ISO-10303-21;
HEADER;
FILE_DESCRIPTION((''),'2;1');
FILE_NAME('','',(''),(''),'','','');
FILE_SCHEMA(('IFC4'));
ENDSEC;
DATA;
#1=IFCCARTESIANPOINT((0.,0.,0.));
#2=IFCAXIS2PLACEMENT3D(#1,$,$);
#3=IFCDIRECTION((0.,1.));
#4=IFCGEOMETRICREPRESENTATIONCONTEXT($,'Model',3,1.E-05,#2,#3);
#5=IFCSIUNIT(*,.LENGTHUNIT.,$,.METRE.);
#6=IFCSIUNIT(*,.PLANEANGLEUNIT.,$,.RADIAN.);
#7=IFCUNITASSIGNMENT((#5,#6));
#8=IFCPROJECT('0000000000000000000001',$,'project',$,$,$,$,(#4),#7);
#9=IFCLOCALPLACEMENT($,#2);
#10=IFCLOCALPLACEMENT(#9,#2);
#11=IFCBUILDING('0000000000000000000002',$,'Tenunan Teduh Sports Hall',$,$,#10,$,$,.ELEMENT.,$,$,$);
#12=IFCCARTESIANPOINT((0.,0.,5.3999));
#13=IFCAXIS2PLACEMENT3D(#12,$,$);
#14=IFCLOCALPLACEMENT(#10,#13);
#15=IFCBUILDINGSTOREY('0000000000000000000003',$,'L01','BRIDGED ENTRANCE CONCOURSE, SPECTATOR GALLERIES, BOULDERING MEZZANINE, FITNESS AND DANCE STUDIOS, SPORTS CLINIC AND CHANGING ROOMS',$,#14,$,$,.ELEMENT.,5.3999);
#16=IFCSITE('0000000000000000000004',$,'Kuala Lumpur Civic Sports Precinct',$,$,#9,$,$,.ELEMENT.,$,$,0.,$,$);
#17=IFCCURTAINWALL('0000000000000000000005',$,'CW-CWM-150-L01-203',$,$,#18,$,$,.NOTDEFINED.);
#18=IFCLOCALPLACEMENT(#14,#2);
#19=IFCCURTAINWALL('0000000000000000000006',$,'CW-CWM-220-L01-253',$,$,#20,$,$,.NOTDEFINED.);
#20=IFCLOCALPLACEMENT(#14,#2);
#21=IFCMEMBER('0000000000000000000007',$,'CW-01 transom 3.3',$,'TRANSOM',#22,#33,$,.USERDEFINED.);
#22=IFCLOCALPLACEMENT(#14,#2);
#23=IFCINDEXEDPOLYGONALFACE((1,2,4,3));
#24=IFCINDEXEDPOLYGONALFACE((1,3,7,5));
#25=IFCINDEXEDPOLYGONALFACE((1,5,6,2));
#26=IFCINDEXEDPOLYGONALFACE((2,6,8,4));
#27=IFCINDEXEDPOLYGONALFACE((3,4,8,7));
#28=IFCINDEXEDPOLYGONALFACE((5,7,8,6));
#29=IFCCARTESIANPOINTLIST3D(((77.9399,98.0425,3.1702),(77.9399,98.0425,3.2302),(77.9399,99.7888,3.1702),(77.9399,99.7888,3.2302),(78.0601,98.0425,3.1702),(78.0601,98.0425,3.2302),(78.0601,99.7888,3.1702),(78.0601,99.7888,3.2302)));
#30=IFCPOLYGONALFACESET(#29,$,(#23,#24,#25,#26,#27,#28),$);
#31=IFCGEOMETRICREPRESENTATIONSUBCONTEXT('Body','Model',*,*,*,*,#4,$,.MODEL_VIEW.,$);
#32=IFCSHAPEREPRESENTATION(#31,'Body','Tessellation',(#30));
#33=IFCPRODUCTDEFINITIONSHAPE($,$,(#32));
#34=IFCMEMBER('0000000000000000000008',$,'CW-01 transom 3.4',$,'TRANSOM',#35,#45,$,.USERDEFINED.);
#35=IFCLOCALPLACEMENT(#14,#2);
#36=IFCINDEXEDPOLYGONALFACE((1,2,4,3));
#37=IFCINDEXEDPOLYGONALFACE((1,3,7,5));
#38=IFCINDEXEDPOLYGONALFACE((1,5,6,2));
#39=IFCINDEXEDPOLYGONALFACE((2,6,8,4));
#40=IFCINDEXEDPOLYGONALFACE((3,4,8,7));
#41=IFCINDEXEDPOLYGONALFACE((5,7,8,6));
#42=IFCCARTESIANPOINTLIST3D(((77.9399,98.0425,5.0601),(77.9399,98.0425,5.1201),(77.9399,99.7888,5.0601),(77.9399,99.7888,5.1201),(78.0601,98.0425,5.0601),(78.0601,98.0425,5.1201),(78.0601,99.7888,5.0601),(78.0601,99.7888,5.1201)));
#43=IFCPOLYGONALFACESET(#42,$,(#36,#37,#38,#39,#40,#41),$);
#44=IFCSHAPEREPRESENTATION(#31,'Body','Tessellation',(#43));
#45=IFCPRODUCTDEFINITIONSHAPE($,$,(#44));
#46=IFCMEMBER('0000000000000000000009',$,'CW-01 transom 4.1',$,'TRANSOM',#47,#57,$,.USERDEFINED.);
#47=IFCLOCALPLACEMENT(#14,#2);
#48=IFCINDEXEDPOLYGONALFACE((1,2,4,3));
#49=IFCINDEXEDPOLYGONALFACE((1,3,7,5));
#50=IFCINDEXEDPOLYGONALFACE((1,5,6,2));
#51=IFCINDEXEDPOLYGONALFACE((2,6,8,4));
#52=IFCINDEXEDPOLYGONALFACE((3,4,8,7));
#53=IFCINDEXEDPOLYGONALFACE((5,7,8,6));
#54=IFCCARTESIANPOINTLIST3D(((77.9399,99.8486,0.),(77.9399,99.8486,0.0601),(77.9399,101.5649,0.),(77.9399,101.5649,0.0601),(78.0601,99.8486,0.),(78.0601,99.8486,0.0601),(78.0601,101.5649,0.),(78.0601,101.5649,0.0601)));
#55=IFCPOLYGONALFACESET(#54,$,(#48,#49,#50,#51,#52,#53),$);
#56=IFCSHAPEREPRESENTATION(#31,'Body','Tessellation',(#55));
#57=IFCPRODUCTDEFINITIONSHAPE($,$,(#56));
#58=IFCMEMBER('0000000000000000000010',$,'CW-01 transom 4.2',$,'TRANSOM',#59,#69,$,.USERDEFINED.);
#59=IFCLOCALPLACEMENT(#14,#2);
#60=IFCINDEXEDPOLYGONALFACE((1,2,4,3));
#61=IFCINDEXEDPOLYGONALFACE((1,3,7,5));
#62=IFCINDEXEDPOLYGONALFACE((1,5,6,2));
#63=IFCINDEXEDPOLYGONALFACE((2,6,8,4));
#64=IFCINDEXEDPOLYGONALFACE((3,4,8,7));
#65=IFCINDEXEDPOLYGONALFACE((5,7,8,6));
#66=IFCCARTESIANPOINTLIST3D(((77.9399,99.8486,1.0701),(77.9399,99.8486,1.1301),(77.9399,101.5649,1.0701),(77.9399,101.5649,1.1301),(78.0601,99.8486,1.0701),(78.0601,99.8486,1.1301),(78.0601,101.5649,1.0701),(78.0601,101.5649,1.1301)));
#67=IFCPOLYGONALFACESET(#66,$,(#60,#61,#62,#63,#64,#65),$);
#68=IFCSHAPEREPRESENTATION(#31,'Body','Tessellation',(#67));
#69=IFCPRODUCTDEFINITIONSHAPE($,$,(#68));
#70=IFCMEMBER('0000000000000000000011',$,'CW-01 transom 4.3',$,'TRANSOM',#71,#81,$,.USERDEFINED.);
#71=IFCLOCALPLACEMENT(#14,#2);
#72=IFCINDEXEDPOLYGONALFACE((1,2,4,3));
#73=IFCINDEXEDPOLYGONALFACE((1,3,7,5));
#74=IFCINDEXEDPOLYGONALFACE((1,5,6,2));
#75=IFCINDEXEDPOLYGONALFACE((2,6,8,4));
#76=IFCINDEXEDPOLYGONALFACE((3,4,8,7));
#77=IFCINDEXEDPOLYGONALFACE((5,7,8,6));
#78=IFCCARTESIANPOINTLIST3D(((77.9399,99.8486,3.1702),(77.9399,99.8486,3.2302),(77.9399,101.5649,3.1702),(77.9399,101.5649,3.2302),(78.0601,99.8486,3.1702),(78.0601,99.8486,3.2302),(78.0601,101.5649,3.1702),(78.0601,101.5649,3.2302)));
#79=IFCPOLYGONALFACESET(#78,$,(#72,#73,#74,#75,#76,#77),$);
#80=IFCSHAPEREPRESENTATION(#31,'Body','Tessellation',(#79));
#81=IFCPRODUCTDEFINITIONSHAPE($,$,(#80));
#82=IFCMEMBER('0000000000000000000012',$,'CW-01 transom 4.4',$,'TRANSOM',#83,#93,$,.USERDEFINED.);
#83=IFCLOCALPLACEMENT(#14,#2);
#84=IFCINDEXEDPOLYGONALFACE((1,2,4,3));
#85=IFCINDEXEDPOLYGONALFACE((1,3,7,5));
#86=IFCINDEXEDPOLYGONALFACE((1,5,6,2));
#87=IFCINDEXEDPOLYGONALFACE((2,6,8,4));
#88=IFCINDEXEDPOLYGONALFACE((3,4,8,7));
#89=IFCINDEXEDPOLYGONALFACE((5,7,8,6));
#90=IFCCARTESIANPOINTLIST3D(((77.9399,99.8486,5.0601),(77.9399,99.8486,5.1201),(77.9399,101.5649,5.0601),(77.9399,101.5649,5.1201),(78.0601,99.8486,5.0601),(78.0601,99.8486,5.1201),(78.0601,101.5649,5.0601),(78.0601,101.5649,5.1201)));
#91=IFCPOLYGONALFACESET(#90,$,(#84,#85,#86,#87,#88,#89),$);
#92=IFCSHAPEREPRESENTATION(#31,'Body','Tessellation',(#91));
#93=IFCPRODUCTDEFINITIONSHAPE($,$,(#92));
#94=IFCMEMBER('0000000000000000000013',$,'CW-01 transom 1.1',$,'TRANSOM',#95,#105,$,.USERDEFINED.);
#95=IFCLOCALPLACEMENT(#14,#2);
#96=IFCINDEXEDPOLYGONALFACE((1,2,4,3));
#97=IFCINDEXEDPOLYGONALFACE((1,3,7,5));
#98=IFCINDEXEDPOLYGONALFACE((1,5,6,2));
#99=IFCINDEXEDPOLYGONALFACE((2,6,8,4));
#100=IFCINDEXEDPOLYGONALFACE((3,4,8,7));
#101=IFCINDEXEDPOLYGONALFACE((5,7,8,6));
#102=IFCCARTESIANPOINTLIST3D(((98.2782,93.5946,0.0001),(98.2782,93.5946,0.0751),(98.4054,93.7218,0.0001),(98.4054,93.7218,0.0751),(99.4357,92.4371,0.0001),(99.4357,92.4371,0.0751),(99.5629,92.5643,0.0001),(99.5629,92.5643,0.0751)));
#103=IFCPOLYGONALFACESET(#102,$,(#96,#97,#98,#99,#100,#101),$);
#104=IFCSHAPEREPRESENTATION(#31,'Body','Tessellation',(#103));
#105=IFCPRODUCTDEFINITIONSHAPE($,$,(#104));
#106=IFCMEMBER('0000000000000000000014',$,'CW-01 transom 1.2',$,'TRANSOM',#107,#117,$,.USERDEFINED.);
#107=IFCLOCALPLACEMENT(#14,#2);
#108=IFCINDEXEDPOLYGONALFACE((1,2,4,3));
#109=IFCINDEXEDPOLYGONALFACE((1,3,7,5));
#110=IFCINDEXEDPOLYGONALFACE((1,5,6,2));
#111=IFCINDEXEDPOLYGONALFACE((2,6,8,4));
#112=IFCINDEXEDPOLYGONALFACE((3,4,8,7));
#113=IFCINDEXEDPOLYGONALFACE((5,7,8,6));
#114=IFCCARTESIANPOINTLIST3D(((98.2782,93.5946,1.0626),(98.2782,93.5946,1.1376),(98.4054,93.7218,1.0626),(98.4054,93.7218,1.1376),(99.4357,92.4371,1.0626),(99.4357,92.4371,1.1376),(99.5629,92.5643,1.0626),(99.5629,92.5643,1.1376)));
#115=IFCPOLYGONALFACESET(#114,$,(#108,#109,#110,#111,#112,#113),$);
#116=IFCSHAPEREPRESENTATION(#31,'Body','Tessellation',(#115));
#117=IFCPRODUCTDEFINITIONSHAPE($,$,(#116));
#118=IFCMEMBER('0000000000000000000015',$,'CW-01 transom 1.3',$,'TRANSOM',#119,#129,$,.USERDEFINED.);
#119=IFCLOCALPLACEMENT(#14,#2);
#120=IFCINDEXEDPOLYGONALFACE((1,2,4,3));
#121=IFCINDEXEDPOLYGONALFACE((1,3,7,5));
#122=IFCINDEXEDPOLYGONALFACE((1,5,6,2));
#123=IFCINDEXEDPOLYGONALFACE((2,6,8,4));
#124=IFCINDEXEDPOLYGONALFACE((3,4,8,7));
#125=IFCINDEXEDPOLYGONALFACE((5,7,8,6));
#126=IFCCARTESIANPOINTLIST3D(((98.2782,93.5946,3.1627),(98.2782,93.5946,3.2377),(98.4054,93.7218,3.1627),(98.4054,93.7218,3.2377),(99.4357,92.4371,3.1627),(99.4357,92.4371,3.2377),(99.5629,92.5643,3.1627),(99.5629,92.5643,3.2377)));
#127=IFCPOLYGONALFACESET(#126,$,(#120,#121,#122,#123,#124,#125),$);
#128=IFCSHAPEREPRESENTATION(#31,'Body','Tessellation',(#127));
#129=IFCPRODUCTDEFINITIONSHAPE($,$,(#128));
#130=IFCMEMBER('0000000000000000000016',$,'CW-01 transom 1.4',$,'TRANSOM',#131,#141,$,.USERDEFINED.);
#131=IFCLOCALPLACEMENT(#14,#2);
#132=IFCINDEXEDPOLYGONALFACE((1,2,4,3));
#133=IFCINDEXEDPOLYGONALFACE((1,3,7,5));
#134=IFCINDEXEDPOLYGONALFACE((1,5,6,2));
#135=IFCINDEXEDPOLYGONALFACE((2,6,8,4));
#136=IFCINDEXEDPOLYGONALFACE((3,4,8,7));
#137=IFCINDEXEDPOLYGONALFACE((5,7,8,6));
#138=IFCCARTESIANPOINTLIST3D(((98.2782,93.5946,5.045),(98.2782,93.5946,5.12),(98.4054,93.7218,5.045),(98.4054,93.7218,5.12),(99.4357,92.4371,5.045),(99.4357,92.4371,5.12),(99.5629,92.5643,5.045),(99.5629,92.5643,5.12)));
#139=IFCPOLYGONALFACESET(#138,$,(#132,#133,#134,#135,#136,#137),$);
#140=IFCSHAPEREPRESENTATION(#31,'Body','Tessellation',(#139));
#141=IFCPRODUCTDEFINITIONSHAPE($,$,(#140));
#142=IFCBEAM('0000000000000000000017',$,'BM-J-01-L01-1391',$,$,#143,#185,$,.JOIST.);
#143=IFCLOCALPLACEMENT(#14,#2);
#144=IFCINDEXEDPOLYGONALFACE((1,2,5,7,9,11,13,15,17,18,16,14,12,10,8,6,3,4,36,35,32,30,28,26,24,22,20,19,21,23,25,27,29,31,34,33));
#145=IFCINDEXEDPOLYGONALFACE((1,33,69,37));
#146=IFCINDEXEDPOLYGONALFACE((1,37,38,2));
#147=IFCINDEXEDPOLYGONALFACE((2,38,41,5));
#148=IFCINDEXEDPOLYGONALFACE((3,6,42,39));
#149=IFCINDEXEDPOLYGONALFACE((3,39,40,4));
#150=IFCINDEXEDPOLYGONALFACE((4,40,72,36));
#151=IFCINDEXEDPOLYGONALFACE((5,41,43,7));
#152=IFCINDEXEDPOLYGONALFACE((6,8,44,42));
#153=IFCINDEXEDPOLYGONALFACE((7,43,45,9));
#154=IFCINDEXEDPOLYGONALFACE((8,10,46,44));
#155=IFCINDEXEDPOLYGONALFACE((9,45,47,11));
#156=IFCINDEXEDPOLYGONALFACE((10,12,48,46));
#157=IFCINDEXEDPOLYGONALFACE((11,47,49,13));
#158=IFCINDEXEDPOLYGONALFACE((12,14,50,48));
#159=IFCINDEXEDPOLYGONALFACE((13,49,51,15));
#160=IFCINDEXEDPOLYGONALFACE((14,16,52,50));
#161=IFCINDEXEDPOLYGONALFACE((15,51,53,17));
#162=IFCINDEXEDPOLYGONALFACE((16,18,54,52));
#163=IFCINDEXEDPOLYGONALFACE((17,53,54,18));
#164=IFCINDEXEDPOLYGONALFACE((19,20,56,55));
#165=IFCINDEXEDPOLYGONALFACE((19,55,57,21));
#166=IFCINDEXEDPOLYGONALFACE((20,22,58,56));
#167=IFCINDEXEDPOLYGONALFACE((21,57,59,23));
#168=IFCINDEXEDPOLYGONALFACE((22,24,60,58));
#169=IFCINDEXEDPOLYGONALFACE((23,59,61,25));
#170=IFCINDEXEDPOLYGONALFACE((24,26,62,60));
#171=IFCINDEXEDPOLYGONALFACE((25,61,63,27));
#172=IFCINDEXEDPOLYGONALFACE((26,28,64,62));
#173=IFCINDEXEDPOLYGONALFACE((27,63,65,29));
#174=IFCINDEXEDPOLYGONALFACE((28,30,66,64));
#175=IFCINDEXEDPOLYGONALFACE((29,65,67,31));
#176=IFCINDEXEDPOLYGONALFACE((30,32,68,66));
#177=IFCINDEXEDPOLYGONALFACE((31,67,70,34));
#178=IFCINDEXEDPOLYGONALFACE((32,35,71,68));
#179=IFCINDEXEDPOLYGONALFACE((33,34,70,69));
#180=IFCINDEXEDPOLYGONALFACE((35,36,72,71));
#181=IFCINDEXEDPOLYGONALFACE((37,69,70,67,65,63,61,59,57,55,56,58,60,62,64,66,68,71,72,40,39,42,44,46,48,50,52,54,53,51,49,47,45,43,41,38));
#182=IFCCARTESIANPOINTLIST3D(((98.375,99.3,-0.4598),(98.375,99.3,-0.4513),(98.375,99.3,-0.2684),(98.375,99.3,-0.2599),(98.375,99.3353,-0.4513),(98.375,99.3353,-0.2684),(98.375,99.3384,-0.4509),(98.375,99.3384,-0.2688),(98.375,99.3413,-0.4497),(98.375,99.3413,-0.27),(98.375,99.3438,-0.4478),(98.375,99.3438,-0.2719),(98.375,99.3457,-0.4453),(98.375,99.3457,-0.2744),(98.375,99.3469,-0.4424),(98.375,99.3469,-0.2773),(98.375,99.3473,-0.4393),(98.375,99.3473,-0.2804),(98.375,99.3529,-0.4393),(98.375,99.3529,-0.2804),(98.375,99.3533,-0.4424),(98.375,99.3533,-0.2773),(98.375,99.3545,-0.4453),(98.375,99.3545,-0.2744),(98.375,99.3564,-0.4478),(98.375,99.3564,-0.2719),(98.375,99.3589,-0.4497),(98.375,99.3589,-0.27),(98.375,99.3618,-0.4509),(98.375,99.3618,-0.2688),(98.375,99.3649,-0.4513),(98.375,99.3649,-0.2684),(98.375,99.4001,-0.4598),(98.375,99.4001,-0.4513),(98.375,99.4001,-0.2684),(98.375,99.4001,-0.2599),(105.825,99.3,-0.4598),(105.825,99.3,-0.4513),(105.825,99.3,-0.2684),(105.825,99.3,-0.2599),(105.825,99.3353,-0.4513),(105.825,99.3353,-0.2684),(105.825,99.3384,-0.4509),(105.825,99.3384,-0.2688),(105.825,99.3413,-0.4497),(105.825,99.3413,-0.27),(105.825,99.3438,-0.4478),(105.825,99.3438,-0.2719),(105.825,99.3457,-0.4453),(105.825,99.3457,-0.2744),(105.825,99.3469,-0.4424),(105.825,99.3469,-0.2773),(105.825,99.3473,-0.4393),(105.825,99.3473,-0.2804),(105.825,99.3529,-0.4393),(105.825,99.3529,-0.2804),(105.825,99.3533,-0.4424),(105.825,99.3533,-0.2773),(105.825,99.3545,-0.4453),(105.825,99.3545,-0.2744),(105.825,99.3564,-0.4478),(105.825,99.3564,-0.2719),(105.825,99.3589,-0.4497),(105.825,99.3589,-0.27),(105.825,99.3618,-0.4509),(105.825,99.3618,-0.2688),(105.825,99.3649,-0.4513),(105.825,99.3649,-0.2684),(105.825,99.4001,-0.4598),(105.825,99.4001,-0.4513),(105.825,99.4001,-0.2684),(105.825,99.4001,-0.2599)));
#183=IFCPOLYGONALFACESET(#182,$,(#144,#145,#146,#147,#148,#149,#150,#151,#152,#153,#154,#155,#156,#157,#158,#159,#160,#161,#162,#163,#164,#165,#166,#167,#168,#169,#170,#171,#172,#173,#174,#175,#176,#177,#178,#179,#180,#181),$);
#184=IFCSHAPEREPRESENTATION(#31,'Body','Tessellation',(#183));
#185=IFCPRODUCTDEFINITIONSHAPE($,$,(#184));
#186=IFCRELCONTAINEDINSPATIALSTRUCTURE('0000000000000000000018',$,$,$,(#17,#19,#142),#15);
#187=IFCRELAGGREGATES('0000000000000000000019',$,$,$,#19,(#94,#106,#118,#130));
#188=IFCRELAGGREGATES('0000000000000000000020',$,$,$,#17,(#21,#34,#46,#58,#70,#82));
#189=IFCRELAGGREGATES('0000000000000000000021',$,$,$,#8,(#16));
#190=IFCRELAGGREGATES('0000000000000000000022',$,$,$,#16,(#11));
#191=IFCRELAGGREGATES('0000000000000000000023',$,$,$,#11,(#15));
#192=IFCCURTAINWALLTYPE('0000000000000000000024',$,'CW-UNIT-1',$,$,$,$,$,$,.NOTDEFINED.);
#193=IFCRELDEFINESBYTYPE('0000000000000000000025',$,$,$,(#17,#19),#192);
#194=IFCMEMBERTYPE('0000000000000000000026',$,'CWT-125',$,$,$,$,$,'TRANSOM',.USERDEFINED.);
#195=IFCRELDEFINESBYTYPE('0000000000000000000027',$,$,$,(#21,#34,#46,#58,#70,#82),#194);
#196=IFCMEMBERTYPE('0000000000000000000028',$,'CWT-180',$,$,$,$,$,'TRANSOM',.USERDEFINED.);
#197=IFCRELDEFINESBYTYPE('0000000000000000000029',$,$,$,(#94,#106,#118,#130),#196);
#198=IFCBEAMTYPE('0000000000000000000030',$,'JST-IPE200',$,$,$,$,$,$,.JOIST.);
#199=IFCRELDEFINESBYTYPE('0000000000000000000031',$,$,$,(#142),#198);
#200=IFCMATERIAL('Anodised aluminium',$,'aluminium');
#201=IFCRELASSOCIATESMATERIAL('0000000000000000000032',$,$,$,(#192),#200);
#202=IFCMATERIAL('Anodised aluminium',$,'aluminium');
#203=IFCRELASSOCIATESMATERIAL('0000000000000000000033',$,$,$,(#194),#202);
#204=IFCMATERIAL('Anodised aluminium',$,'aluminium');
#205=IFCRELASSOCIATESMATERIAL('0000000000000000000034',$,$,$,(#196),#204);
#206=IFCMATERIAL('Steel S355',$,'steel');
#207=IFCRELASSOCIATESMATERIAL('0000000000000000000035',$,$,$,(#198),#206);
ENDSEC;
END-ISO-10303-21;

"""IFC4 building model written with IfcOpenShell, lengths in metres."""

from ifc_helpers import new_model, si_unit, direction, frame, origin, origin_2d, place, context, subcontext, project, spatial, rectangle, i_section, extrude, material, material_profile, profile_set, type_object, element, aggregate, save


model = new_model("IFC4")

# Units and contexts
model_context = context("Model", 3, precision=1e-05, world=origin(), true_north=direction((0.0, 1.0)))
body_context = subcontext(model_context, "Body", "Model", "MODEL_VIEW")
ifc_project = project(units=[si_unit("LENGTHUNIT", "METRE"), si_unit("PLANEANGLEUNIT", "RADIAN")], contexts=[model_context])

# Site, building, storey
site_placement = place(None, origin())
site = spatial("IfcSite", under=ifc_project, at=site_placement, Name="Kuala Lumpur Civic Sports Precinct", CompositionType="ELEMENT", RefElevation=0.0)
building_placement = place(site_placement, origin())
building = spatial("IfcBuilding", under=site, at=building_placement, Name="Tenunan Teduh Sports Hall", CompositionType="ELEMENT")
storey_placement = place(building_placement, frame((0.0, 0.0, 5.3999)))
storey = spatial("IfcBuildingStorey", under=building, at=storey_placement, Name="L01", Description="BRIDGED ENTRANCE CONCOURSE, SPECTATOR GALLERIES, BOULDERING MEZZANINE, FITNESS AND DANCE STUDIOS, SPORTS CLINIC AND CHANGING ROOMS", CompositionType="ELEMENT", Elevation=5.3999)

# Curtain wall
ifc_material_1 = material(Name="Anodised aluminium", Category="aluminium")
curtain_wall_type = type_object("IfcCurtainWallType", Name="CW-UNIT-1", PredefinedType="NOTDEFINED", material=ifc_material_1)
curtain_wall_1_placement = place(storey_placement, origin())
curtain_wall_1 = element("IfcCurtainWall", 1, at=curtain_wall_1_placement, inside=storey, type_object=curtain_wall_type, Name="CW-CWM-150-L01-203", PredefinedType="NOTDEFINED")

# Curtain wall
curtain_wall_2_placement = place(storey_placement, origin())
curtain_wall_2 = element("IfcCurtainWall", 2, at=curtain_wall_2_placement, inside=storey, type_object=curtain_wall_type, Name="CW-CWM-220-L01-253", PredefinedType="NOTDEFINED")

# Members
ifc_material_2 = material(Name="Anodised aluminium", Category="aluminium")
ifc_material_profile_1 = material_profile(ifc_material_2, rectangle(XDim=0.0601, YDim=0.1201, at=origin_2d()), Name="CWT 60x120")
ifc_profile_set_1 = profile_set([ifc_material_profile_1], Name="Anodised aluminium")
member_type_1 = type_object("IfcMemberType", Name="CWT-125", ElementType="TRANSOM", PredefinedType="USERDEFINED", material=ifc_profile_set_1)
member_1_placement = place(storey_placement, frame((78.0, 98.0425, 3.2002), z_axis=(0.0, 1.0, 0.0), x_axis=(0.0, 0.0, 1.0)))
member_1 = element("IfcMember", 3, at=member_1_placement, type_object=member_type_1, Name="CW-01 transom 3.3", ObjectType="TRANSOM", PredefinedType="USERDEFINED", context=body_context, shape_type="SweptSolid", body=[
    extrude(rectangle(XDim=0.0601, YDim=0.1201, at=origin_2d()), origin(), (0.0, 0.0, 1.0), 1.7463),
])
member_2_placement = place(storey_placement, frame((78.0, 98.0425, 5.0901), z_axis=(0.0, 1.0, 0.0), x_axis=(0.0, 0.0, 1.0)))
member_2 = element("IfcMember", 4, at=member_2_placement, type_object=member_type_1, Name="CW-01 transom 3.4", ObjectType="TRANSOM", PredefinedType="USERDEFINED", context=body_context, shape_type="SweptSolid", body=[
    extrude(rectangle(XDim=0.0601, YDim=0.1201, at=origin_2d()), origin(), (0.0, 0.0, 1.0), 1.7463),
])
member_3_placement = place(storey_placement, frame((78.0, 99.8486, 0.03), z_axis=(0.0, 1.0, 0.0), x_axis=(0.0, 0.0, 1.0)))
member_3 = element("IfcMember", 5, at=member_3_placement, type_object=member_type_1, Name="CW-01 transom 4.1", ObjectType="TRANSOM", PredefinedType="USERDEFINED", context=body_context, shape_type="SweptSolid", body=[
    extrude(rectangle(XDim=0.0601, YDim=0.1201, at=origin_2d()), origin(), (0.0, 0.0, 1.0), 1.7163),
])
member_4_placement = place(storey_placement, frame((78.0, 99.8486, 1.1001), z_axis=(0.0, 1.0, 0.0), x_axis=(0.0, 0.0, 1.0)))
member_4 = element("IfcMember", 6, at=member_4_placement, type_object=member_type_1, Name="CW-01 transom 4.2", ObjectType="TRANSOM", PredefinedType="USERDEFINED", context=body_context, shape_type="SweptSolid", body=[
    extrude(rectangle(XDim=0.0601, YDim=0.1201, at=origin_2d()), origin(), (0.0, 0.0, 1.0), 1.7163),
])
member_5_placement = place(storey_placement, frame((78.0, 99.8486, 3.2002), z_axis=(0.0, 1.0, 0.0), x_axis=(0.0, 0.0, 1.0)))
member_5 = element("IfcMember", 7, at=member_5_placement, type_object=member_type_1, Name="CW-01 transom 4.3", ObjectType="TRANSOM", PredefinedType="USERDEFINED", context=body_context, shape_type="SweptSolid", body=[
    extrude(rectangle(XDim=0.0601, YDim=0.1201, at=origin_2d()), origin(), (0.0, 0.0, 1.0), 1.7163),
])
member_6_placement = place(storey_placement, frame((78.0, 99.8486, 5.0901), z_axis=(0.0, 1.0, 0.0), x_axis=(0.0, 0.0, 1.0)))
member_6 = element("IfcMember", 8, at=member_6_placement, type_object=member_type_1, Name="CW-01 transom 4.4", ObjectType="TRANSOM", PredefinedType="USERDEFINED", context=body_context, shape_type="SweptSolid", body=[
    extrude(rectangle(XDim=0.0601, YDim=0.1201, at=origin_2d()), origin(), (0.0, 0.0, 1.0), 1.7163),
])
ifc_material_3 = material(Name="Anodised aluminium", Category="aluminium")
ifc_material_profile_2 = material_profile(ifc_material_3, rectangle(XDim=0.075, YDim=0.1799, at=origin_2d()), Name="CWT 75x180")
ifc_profile_set_2 = profile_set([ifc_material_profile_2], Name="Anodised aluminium")
member_type_2 = type_object("IfcMemberType", Name="CWT-180", ElementType="TRANSOM", PredefinedType="USERDEFINED", material=ifc_profile_set_2)
member_7_placement = place(storey_placement, frame((98.3418, 93.6582, 0.0376), z_axis=(0.707107, -0.707107, 0.0), x_axis=(0.0, 0.0, 1.0)))
member_7 = element("IfcMember", 9, at=member_7_placement, type_object=member_type_2, Name="CW-01 transom 1.1", ObjectType="TRANSOM", PredefinedType="USERDEFINED", context=body_context, shape_type="SweptSolid", body=[
    extrude(rectangle(XDim=0.075, YDim=0.1799, at=origin_2d()), origin(), (0.0, 0.0, 1.0), 1.637),
])
member_8_placement = place(storey_placement, frame((98.3418, 93.6582, 1.1001), z_axis=(0.707107, -0.707107, 0.0), x_axis=(0.0, 0.0, 1.0)))
member_8 = element("IfcMember", 10, at=member_8_placement, type_object=member_type_2, Name="CW-01 transom 1.2", ObjectType="TRANSOM", PredefinedType="USERDEFINED", context=body_context, shape_type="SweptSolid", body=[
    extrude(rectangle(XDim=0.075, YDim=0.1799, at=origin_2d()), origin(), (0.0, 0.0, 1.0), 1.637),
])
member_9_placement = place(storey_placement, frame((98.3418, 93.6582, 3.2002), z_axis=(0.707107, -0.707107, 0.0), x_axis=(0.0, 0.0, 1.0)))
member_9 = element("IfcMember", 11, at=member_9_placement, type_object=member_type_2, Name="CW-01 transom 1.3", ObjectType="TRANSOM", PredefinedType="USERDEFINED", context=body_context, shape_type="SweptSolid", body=[
    extrude(rectangle(XDim=0.075, YDim=0.1799, at=origin_2d()), origin(), (0.0, 0.0, 1.0), 1.637),
])
member_10_placement = place(storey_placement, frame((98.3418, 93.6582, 5.0825), z_axis=(0.707107, -0.707107, 0.0), x_axis=(0.0, 0.0, 1.0)))
member_10 = element("IfcMember", 12, at=member_10_placement, type_object=member_type_2, Name="CW-01 transom 1.4", ObjectType="TRANSOM", PredefinedType="USERDEFINED", context=body_context, shape_type="SweptSolid", body=[
    extrude(rectangle(XDim=0.075, YDim=0.1799, at=origin_2d()), origin(), (0.0, 0.0, 1.0), 1.637),
])
aggregate(curtain_wall_2, [member_7, member_8, member_9, member_10])

# Beam
ifc_material_4 = material(Name="Steel S355", Category="steel")
ifc_material_profile_3 = material_profile(ifc_material_4, i_section(OverallWidth=0.1001, OverallDepth=0.2, WebThickness=0.0056, FlangeThickness=0.0085, FilletRadius=0.012, at=origin_2d()), Name="IPE 200")
ifc_profile_set_3 = profile_set([ifc_material_profile_3], Name="Steel S355")
beam_type_1 = type_object("IfcBeamType", Name="JST-IPE200", PredefinedType="JOIST", material=ifc_profile_set_3)
beam_1_placement = place(storey_placement, frame((98.375, 99.3501, -0.3599), z_axis=(1.0, 0.0, 0.0), x_axis=(0.0, 1.0, 0.0)))
element("IfcBeam", 13, at=beam_1_placement, inside=storey, type_object=beam_type_1, Name="BM-J-01-L01-1391", PredefinedType="JOIST", context=body_context, shape_type="SweptSolid", body=[
    extrude(i_section(OverallWidth=0.1001, OverallDepth=0.2, WebThickness=0.0056, FlangeThickness=0.0085, FilletRadius=0.012, at=origin_2d()), origin(), (0.0, 0.0, 1.0), 7.45),
])

aggregate(curtain_wall_1, [member_1, member_2, member_3, member_4, member_5, member_6])

save(model, "model.ifc")
